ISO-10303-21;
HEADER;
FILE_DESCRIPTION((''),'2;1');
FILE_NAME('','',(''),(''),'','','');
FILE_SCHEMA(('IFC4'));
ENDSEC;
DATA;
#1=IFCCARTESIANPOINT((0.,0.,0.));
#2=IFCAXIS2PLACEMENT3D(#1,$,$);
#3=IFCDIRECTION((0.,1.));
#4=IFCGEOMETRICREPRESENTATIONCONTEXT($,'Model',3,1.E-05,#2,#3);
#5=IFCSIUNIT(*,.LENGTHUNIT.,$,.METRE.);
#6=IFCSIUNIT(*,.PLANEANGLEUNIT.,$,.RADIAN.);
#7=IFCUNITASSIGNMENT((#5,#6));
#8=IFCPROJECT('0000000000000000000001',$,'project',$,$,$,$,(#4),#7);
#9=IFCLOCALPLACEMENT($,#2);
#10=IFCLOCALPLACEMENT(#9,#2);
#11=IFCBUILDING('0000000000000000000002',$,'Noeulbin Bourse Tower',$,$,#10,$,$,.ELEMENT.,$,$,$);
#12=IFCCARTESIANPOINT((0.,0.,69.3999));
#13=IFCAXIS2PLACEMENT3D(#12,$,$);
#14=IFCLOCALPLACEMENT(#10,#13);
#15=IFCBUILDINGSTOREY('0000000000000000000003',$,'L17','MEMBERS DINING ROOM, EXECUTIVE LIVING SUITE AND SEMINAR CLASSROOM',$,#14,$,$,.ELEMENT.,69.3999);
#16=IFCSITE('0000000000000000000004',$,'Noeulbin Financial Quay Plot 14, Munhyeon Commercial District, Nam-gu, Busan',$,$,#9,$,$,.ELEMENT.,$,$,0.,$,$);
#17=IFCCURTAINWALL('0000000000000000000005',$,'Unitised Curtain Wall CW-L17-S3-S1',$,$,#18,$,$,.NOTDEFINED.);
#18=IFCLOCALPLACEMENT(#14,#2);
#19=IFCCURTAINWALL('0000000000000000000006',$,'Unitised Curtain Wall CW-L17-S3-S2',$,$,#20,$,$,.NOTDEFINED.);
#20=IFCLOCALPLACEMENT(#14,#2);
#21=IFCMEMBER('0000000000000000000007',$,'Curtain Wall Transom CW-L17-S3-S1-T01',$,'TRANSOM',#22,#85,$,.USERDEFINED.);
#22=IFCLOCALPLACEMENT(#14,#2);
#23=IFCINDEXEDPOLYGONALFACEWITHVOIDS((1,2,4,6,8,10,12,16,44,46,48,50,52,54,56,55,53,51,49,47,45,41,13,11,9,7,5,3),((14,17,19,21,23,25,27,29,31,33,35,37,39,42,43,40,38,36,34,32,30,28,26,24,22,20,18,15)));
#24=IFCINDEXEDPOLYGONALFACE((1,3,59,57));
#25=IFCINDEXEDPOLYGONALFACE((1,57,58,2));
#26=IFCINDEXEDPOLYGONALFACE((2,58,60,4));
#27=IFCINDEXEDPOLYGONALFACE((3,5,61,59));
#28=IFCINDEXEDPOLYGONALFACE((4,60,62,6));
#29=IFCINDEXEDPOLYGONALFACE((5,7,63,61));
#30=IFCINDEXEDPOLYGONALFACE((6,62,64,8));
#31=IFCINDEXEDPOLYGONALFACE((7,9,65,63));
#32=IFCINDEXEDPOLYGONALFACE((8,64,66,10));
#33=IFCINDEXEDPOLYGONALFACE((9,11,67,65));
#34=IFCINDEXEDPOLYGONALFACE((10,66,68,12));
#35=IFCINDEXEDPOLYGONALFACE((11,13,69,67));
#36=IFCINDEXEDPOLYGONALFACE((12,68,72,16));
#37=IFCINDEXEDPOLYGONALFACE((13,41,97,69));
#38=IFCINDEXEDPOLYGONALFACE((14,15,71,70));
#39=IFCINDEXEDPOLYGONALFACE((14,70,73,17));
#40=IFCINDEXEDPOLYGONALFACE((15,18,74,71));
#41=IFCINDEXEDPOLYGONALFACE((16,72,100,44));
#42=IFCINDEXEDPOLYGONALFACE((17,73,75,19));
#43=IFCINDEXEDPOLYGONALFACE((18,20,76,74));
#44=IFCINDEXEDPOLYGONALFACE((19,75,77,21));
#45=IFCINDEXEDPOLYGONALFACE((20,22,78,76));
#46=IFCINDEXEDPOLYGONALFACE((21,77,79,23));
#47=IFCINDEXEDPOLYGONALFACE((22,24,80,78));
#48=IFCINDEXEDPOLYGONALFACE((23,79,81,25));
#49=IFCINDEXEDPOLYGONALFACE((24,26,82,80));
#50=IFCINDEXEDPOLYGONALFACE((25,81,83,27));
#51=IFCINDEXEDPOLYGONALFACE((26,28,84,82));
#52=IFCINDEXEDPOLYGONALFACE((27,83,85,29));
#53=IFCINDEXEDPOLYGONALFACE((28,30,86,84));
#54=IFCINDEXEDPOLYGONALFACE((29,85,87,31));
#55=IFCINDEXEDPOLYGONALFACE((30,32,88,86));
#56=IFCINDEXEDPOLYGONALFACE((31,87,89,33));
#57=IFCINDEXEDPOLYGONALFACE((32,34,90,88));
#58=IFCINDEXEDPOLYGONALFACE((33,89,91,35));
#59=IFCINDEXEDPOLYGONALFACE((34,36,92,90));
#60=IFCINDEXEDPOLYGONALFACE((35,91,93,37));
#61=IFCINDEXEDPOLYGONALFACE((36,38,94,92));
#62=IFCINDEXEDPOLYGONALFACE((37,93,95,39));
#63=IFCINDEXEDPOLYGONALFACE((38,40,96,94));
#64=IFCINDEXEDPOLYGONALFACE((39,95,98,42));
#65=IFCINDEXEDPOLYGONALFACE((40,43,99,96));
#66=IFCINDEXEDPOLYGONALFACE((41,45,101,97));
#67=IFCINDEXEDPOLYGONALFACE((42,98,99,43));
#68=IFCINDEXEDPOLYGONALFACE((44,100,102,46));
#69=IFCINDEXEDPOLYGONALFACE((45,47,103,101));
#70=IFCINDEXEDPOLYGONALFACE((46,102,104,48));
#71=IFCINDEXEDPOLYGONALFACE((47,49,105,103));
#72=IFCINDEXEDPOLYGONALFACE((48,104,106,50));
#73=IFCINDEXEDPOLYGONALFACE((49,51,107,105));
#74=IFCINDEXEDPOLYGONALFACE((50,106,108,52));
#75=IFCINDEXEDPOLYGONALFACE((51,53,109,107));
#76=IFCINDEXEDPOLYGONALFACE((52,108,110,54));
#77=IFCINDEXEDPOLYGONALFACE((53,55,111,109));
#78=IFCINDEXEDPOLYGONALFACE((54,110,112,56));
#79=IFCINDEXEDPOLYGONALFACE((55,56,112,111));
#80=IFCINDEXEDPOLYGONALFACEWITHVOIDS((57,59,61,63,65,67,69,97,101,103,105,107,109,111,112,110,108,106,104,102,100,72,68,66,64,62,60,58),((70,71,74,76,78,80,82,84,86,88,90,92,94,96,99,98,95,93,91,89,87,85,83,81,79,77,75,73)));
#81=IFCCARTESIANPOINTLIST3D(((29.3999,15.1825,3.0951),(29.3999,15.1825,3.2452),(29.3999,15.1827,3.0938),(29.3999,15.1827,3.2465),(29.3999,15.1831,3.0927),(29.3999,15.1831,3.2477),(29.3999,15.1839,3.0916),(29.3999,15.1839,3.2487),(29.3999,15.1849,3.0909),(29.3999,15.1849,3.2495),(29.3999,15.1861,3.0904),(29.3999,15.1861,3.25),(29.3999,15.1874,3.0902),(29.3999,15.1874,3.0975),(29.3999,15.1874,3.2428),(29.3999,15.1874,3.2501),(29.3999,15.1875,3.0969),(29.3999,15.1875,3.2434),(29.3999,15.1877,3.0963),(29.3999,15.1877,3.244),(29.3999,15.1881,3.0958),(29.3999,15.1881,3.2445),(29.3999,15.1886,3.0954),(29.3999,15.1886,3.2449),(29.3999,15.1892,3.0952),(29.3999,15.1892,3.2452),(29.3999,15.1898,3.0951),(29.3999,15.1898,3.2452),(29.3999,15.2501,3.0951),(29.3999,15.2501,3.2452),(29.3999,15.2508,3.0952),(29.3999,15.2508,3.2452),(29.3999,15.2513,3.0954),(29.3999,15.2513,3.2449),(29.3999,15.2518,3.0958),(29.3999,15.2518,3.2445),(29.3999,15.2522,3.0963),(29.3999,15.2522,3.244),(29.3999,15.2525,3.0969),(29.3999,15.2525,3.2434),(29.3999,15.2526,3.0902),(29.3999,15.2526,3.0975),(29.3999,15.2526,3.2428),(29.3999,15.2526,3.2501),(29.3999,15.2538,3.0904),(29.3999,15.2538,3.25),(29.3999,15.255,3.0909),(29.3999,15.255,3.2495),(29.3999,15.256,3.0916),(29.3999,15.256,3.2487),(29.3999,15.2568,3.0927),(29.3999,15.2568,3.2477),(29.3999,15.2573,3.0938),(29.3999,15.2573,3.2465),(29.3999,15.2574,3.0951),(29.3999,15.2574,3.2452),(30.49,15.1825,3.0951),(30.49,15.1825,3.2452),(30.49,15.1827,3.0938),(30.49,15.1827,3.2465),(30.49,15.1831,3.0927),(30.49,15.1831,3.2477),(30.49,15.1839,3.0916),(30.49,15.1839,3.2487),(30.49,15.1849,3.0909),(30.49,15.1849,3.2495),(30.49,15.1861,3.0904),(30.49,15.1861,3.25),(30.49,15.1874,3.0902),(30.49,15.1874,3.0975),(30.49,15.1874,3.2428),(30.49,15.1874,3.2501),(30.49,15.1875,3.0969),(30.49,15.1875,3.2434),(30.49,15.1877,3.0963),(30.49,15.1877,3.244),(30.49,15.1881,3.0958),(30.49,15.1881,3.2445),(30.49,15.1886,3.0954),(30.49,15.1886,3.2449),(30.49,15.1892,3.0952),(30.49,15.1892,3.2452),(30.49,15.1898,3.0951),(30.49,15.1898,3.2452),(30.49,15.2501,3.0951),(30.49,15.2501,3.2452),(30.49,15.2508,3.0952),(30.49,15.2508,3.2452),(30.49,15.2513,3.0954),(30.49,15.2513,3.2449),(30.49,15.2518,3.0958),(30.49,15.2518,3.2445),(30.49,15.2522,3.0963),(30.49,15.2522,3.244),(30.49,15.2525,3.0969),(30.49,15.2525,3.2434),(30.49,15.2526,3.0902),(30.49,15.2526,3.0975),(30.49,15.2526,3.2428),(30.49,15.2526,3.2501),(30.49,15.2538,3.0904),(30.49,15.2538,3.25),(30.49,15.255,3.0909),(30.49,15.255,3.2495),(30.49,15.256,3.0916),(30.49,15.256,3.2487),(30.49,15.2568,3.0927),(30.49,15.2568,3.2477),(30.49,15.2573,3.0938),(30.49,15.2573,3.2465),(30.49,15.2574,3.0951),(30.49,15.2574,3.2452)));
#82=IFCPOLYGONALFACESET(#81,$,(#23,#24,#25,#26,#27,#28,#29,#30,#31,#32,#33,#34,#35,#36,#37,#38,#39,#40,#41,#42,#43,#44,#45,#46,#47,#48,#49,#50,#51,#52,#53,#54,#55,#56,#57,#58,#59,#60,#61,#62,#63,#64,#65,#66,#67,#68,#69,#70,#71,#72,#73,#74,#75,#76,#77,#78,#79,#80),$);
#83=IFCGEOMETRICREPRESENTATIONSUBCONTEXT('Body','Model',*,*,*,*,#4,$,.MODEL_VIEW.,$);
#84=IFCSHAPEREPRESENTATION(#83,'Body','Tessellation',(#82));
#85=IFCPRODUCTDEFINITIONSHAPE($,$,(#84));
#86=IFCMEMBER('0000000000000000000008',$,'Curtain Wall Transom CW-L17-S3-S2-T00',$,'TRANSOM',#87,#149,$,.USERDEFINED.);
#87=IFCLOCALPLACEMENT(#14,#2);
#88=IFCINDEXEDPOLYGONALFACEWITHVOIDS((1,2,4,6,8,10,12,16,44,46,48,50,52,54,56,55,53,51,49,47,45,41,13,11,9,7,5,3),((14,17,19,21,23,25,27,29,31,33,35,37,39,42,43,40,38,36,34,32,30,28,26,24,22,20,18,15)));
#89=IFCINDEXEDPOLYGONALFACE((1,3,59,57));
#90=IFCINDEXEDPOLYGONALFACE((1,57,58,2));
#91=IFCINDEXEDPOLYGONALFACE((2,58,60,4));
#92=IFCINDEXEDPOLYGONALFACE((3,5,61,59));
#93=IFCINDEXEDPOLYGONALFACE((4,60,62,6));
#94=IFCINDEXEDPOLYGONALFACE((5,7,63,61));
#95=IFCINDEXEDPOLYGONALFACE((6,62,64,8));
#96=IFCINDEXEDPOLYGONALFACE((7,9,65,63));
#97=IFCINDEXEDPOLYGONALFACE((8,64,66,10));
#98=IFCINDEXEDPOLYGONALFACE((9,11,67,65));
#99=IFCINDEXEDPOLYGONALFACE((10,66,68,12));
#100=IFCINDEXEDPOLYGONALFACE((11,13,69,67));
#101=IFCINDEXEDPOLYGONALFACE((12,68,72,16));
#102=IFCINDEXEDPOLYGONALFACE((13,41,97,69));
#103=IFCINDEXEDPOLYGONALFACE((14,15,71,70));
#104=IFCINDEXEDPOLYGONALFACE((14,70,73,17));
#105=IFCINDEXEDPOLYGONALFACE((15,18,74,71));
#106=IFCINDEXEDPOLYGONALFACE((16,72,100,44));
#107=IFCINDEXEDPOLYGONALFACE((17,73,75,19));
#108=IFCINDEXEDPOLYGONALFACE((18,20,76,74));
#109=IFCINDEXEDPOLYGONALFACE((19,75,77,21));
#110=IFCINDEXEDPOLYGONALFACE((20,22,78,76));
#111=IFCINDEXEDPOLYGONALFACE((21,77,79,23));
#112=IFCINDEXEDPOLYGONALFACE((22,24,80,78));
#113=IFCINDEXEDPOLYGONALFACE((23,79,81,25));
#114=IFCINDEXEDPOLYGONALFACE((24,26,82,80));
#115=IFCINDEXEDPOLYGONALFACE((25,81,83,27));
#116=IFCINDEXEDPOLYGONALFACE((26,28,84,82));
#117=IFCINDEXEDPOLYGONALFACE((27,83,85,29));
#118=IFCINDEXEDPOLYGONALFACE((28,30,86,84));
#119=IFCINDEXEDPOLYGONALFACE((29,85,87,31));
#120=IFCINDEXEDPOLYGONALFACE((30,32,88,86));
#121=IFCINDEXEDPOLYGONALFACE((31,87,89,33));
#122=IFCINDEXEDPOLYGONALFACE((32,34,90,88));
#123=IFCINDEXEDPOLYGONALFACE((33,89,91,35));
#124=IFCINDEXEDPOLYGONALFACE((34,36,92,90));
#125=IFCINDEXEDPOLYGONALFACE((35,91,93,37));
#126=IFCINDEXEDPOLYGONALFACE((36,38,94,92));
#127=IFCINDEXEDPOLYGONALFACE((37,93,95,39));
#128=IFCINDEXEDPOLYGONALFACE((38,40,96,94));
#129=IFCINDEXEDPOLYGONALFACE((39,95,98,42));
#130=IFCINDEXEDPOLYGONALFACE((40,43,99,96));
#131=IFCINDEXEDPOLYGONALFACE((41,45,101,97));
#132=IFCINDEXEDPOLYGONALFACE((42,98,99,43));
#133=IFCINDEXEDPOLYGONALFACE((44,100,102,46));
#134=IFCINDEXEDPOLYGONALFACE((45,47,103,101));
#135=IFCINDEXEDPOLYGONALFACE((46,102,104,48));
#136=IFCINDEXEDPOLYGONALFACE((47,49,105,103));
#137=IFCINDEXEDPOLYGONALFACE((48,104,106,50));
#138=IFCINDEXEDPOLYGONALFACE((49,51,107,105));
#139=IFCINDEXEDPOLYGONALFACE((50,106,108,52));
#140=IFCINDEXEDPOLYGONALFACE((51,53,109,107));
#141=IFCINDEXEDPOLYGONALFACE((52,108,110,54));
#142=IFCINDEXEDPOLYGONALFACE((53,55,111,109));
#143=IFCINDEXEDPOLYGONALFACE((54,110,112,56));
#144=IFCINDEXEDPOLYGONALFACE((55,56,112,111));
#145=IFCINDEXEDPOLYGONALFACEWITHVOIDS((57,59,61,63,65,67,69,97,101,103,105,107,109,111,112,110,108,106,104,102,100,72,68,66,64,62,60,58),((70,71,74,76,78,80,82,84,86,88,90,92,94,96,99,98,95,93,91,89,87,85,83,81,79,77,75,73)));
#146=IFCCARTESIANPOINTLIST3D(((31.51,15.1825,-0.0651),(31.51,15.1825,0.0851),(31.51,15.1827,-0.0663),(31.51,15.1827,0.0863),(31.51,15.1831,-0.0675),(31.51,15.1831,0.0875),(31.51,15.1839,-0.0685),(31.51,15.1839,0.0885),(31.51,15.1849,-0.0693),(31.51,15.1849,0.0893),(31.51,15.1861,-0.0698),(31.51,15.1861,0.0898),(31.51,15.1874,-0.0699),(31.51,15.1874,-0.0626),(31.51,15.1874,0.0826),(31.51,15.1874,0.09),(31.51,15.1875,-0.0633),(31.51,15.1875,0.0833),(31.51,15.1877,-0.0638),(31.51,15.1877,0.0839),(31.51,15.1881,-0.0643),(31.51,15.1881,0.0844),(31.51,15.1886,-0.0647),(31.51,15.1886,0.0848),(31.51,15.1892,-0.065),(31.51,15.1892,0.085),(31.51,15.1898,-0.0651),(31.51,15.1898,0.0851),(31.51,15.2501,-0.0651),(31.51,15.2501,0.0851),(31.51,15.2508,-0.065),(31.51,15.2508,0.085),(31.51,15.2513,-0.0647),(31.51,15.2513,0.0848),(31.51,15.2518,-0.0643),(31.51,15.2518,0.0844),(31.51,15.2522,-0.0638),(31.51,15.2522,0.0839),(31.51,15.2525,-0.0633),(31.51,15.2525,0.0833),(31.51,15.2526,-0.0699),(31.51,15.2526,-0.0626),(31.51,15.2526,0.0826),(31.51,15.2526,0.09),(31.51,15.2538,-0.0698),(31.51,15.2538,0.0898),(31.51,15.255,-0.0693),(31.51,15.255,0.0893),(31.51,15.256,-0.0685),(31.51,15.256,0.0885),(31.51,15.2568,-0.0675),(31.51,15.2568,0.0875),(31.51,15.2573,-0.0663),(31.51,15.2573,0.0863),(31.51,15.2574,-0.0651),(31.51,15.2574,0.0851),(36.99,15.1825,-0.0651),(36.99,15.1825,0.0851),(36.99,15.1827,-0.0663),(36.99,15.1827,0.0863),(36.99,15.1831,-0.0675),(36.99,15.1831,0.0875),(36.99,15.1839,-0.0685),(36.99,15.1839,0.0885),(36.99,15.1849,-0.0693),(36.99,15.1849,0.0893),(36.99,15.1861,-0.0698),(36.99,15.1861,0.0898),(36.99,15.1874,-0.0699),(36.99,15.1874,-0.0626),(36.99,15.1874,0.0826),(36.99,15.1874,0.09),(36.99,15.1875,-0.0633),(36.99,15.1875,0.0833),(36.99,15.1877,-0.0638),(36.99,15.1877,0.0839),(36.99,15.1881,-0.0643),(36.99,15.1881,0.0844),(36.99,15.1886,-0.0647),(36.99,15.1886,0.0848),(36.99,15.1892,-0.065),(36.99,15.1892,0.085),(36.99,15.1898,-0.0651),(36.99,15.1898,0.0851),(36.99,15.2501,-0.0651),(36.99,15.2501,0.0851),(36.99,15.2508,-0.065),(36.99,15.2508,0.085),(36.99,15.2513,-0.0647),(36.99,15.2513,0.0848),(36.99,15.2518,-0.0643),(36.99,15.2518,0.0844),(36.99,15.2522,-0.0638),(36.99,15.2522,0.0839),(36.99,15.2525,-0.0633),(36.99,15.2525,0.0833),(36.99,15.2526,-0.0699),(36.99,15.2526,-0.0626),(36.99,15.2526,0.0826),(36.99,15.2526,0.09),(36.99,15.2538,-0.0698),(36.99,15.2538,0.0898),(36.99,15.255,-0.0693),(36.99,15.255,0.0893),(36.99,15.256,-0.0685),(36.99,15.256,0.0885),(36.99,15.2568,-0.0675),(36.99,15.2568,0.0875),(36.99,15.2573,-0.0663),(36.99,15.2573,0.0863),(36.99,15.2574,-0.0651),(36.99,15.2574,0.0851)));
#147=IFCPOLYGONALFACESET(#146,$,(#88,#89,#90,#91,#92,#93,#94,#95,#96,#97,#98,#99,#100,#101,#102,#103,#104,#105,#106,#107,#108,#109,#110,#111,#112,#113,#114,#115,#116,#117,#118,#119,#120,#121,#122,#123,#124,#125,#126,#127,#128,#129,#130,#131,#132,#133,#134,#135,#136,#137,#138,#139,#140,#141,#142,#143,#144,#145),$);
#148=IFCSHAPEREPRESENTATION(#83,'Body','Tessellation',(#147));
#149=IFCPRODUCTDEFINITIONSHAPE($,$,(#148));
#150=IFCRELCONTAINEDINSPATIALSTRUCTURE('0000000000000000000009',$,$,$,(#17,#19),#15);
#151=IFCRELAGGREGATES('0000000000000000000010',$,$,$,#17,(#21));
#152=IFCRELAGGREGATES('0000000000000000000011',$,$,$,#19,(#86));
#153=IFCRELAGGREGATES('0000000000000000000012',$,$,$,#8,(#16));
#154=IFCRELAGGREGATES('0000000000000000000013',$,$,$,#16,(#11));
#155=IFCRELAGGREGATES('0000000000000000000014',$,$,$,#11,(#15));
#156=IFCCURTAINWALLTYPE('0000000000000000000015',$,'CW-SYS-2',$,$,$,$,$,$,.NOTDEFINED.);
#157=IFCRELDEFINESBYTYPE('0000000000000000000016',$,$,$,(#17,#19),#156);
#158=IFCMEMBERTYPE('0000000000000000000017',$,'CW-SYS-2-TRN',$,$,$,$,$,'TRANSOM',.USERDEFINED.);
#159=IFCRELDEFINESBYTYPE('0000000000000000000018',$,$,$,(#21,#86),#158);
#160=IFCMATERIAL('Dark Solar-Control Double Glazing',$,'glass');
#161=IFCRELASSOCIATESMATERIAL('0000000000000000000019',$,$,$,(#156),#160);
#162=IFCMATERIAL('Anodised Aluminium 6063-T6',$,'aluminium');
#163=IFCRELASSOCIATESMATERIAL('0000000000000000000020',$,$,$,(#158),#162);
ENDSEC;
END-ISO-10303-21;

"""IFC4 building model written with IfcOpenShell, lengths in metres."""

from ifc_helpers import new_model, si_unit, direction, frame, origin, origin_2d, place, context, subcontext, project, spatial, hollow_rectangle, extrude, material, material_profile, profile_set, type_object, element, aggregate, save


model = new_model("IFC4")

# Units and contexts
model_context = context("Model", 3, precision=1e-05, world=origin(), true_north=direction((0.0, 1.0)))
body_context = subcontext(model_context, "Body", "Model", "MODEL_VIEW")
ifc_project = project(units=[si_unit("LENGTHUNIT", "METRE"), si_unit("PLANEANGLEUNIT", "RADIAN")], contexts=[model_context])

# Site, building, storey
site_placement = place(None, origin())
site = spatial("IfcSite", under=ifc_project, at=site_placement, Name="Noeulbin Financial Quay Plot 14, Munhyeon Commercial District, Nam-gu, Busan", CompositionType="ELEMENT", RefElevation=0.0)
building_placement = place(site_placement, origin())
building = spatial("IfcBuilding", under=site, at=building_placement, Name="Noeulbin Bourse Tower", CompositionType="ELEMENT")
storey_placement = place(building_placement, frame((0.0, 0.0, 69.3999)))
storey = spatial("IfcBuildingStorey", under=building, at=storey_placement, Name="L17", Description="MEMBERS DINING ROOM, EXECUTIVE LIVING SUITE AND SEMINAR CLASSROOM", CompositionType="ELEMENT", Elevation=69.3999)

# Curtain walls
ifc_material_1 = material(Name="Dark Solar-Control Double Glazing", Category="glass")
curtain_wall_type = type_object("IfcCurtainWallType", Name="CW-SYS-2", PredefinedType="NOTDEFINED", material=ifc_material_1)
curtain_wall_1_placement = place(storey_placement, origin())
curtain_wall_1 = element("IfcCurtainWall", 1, at=curtain_wall_1_placement, inside=storey, type_object=curtain_wall_type, Name="Unitised Curtain Wall CW-L17-S3-S1", PredefinedType="NOTDEFINED")
ifc_material_2 = material(Name="Anodised Aluminium 6063-T6", Category="aluminium")
curtain_wall_2_placement = place(storey_placement, origin())
curtain_wall_2 = element("IfcCurtainWall", 2, at=curtain_wall_2_placement, inside=storey, type_object=curtain_wall_type, Name="Unitised Curtain Wall CW-L17-S3-S2", PredefinedType="NOTDEFINED")

# Members
ifc_material_profile_1 = material_profile(ifc_material_2, hollow_rectangle(XDim=0.075, YDim=0.1599, WallThickness=0.0049, InnerFilletRadius=0.0024, OuterFilletRadius=0.0049, at=origin_2d()), Name="ALU-TRAN-75x160x5", Category="LoadBearing")
ifc_profile_set_1 = profile_set([ifc_material_profile_1], Name="Anodised Aluminium 6063-T6")
member_type_1 = type_object("IfcMemberType", Name="CW-SYS-2-TRN", ElementType="TRANSOM", PredefinedType="USERDEFINED", material=ifc_profile_set_1)
member_1_placement = place(storey_placement, frame((29.3999, 15.22, 3.1702), z_axis=(1.0, 0.0, 0.0), x_axis=(0.0, 1.0, 0.0)))
member_1 = element("IfcMember", 3, at=member_1_placement, type_object=member_type_1, Name="Curtain Wall Transom CW-L17-S3-S1-T01", ObjectType="TRANSOM", PredefinedType="USERDEFINED", context=body_context, shape_type="SweptSolid", body=[
    extrude(hollow_rectangle(XDim=0.075, YDim=0.1599, WallThickness=0.0049, InnerFilletRadius=0.0024, OuterFilletRadius=0.0049, at=origin_2d()), origin(), (0.0, 0.0, 1.0), 1.0901),
])
member_2_placement = place(storey_placement, frame((31.51, 15.22, 0.01), z_axis=(1.0, 0.0, 0.0), x_axis=(0.0, 1.0, 0.0)))
member_2 = element("IfcMember", 4, at=member_2_placement, type_object=member_type_1, Name="Curtain Wall Transom CW-L17-S3-S2-T00", ObjectType="TRANSOM", PredefinedType="USERDEFINED", context=body_context, shape_type="SweptSolid", body=[
    extrude(hollow_rectangle(XDim=0.075, YDim=0.1599, WallThickness=0.0049, InnerFilletRadius=0.0024, OuterFilletRadius=0.0049, at=origin_2d()), origin(), (0.0, 0.0, 1.0), 5.48),
])

aggregate(curtain_wall_1, [member_1])
aggregate(curtain_wall_2, [member_2])

save(model, "model.ifc")
